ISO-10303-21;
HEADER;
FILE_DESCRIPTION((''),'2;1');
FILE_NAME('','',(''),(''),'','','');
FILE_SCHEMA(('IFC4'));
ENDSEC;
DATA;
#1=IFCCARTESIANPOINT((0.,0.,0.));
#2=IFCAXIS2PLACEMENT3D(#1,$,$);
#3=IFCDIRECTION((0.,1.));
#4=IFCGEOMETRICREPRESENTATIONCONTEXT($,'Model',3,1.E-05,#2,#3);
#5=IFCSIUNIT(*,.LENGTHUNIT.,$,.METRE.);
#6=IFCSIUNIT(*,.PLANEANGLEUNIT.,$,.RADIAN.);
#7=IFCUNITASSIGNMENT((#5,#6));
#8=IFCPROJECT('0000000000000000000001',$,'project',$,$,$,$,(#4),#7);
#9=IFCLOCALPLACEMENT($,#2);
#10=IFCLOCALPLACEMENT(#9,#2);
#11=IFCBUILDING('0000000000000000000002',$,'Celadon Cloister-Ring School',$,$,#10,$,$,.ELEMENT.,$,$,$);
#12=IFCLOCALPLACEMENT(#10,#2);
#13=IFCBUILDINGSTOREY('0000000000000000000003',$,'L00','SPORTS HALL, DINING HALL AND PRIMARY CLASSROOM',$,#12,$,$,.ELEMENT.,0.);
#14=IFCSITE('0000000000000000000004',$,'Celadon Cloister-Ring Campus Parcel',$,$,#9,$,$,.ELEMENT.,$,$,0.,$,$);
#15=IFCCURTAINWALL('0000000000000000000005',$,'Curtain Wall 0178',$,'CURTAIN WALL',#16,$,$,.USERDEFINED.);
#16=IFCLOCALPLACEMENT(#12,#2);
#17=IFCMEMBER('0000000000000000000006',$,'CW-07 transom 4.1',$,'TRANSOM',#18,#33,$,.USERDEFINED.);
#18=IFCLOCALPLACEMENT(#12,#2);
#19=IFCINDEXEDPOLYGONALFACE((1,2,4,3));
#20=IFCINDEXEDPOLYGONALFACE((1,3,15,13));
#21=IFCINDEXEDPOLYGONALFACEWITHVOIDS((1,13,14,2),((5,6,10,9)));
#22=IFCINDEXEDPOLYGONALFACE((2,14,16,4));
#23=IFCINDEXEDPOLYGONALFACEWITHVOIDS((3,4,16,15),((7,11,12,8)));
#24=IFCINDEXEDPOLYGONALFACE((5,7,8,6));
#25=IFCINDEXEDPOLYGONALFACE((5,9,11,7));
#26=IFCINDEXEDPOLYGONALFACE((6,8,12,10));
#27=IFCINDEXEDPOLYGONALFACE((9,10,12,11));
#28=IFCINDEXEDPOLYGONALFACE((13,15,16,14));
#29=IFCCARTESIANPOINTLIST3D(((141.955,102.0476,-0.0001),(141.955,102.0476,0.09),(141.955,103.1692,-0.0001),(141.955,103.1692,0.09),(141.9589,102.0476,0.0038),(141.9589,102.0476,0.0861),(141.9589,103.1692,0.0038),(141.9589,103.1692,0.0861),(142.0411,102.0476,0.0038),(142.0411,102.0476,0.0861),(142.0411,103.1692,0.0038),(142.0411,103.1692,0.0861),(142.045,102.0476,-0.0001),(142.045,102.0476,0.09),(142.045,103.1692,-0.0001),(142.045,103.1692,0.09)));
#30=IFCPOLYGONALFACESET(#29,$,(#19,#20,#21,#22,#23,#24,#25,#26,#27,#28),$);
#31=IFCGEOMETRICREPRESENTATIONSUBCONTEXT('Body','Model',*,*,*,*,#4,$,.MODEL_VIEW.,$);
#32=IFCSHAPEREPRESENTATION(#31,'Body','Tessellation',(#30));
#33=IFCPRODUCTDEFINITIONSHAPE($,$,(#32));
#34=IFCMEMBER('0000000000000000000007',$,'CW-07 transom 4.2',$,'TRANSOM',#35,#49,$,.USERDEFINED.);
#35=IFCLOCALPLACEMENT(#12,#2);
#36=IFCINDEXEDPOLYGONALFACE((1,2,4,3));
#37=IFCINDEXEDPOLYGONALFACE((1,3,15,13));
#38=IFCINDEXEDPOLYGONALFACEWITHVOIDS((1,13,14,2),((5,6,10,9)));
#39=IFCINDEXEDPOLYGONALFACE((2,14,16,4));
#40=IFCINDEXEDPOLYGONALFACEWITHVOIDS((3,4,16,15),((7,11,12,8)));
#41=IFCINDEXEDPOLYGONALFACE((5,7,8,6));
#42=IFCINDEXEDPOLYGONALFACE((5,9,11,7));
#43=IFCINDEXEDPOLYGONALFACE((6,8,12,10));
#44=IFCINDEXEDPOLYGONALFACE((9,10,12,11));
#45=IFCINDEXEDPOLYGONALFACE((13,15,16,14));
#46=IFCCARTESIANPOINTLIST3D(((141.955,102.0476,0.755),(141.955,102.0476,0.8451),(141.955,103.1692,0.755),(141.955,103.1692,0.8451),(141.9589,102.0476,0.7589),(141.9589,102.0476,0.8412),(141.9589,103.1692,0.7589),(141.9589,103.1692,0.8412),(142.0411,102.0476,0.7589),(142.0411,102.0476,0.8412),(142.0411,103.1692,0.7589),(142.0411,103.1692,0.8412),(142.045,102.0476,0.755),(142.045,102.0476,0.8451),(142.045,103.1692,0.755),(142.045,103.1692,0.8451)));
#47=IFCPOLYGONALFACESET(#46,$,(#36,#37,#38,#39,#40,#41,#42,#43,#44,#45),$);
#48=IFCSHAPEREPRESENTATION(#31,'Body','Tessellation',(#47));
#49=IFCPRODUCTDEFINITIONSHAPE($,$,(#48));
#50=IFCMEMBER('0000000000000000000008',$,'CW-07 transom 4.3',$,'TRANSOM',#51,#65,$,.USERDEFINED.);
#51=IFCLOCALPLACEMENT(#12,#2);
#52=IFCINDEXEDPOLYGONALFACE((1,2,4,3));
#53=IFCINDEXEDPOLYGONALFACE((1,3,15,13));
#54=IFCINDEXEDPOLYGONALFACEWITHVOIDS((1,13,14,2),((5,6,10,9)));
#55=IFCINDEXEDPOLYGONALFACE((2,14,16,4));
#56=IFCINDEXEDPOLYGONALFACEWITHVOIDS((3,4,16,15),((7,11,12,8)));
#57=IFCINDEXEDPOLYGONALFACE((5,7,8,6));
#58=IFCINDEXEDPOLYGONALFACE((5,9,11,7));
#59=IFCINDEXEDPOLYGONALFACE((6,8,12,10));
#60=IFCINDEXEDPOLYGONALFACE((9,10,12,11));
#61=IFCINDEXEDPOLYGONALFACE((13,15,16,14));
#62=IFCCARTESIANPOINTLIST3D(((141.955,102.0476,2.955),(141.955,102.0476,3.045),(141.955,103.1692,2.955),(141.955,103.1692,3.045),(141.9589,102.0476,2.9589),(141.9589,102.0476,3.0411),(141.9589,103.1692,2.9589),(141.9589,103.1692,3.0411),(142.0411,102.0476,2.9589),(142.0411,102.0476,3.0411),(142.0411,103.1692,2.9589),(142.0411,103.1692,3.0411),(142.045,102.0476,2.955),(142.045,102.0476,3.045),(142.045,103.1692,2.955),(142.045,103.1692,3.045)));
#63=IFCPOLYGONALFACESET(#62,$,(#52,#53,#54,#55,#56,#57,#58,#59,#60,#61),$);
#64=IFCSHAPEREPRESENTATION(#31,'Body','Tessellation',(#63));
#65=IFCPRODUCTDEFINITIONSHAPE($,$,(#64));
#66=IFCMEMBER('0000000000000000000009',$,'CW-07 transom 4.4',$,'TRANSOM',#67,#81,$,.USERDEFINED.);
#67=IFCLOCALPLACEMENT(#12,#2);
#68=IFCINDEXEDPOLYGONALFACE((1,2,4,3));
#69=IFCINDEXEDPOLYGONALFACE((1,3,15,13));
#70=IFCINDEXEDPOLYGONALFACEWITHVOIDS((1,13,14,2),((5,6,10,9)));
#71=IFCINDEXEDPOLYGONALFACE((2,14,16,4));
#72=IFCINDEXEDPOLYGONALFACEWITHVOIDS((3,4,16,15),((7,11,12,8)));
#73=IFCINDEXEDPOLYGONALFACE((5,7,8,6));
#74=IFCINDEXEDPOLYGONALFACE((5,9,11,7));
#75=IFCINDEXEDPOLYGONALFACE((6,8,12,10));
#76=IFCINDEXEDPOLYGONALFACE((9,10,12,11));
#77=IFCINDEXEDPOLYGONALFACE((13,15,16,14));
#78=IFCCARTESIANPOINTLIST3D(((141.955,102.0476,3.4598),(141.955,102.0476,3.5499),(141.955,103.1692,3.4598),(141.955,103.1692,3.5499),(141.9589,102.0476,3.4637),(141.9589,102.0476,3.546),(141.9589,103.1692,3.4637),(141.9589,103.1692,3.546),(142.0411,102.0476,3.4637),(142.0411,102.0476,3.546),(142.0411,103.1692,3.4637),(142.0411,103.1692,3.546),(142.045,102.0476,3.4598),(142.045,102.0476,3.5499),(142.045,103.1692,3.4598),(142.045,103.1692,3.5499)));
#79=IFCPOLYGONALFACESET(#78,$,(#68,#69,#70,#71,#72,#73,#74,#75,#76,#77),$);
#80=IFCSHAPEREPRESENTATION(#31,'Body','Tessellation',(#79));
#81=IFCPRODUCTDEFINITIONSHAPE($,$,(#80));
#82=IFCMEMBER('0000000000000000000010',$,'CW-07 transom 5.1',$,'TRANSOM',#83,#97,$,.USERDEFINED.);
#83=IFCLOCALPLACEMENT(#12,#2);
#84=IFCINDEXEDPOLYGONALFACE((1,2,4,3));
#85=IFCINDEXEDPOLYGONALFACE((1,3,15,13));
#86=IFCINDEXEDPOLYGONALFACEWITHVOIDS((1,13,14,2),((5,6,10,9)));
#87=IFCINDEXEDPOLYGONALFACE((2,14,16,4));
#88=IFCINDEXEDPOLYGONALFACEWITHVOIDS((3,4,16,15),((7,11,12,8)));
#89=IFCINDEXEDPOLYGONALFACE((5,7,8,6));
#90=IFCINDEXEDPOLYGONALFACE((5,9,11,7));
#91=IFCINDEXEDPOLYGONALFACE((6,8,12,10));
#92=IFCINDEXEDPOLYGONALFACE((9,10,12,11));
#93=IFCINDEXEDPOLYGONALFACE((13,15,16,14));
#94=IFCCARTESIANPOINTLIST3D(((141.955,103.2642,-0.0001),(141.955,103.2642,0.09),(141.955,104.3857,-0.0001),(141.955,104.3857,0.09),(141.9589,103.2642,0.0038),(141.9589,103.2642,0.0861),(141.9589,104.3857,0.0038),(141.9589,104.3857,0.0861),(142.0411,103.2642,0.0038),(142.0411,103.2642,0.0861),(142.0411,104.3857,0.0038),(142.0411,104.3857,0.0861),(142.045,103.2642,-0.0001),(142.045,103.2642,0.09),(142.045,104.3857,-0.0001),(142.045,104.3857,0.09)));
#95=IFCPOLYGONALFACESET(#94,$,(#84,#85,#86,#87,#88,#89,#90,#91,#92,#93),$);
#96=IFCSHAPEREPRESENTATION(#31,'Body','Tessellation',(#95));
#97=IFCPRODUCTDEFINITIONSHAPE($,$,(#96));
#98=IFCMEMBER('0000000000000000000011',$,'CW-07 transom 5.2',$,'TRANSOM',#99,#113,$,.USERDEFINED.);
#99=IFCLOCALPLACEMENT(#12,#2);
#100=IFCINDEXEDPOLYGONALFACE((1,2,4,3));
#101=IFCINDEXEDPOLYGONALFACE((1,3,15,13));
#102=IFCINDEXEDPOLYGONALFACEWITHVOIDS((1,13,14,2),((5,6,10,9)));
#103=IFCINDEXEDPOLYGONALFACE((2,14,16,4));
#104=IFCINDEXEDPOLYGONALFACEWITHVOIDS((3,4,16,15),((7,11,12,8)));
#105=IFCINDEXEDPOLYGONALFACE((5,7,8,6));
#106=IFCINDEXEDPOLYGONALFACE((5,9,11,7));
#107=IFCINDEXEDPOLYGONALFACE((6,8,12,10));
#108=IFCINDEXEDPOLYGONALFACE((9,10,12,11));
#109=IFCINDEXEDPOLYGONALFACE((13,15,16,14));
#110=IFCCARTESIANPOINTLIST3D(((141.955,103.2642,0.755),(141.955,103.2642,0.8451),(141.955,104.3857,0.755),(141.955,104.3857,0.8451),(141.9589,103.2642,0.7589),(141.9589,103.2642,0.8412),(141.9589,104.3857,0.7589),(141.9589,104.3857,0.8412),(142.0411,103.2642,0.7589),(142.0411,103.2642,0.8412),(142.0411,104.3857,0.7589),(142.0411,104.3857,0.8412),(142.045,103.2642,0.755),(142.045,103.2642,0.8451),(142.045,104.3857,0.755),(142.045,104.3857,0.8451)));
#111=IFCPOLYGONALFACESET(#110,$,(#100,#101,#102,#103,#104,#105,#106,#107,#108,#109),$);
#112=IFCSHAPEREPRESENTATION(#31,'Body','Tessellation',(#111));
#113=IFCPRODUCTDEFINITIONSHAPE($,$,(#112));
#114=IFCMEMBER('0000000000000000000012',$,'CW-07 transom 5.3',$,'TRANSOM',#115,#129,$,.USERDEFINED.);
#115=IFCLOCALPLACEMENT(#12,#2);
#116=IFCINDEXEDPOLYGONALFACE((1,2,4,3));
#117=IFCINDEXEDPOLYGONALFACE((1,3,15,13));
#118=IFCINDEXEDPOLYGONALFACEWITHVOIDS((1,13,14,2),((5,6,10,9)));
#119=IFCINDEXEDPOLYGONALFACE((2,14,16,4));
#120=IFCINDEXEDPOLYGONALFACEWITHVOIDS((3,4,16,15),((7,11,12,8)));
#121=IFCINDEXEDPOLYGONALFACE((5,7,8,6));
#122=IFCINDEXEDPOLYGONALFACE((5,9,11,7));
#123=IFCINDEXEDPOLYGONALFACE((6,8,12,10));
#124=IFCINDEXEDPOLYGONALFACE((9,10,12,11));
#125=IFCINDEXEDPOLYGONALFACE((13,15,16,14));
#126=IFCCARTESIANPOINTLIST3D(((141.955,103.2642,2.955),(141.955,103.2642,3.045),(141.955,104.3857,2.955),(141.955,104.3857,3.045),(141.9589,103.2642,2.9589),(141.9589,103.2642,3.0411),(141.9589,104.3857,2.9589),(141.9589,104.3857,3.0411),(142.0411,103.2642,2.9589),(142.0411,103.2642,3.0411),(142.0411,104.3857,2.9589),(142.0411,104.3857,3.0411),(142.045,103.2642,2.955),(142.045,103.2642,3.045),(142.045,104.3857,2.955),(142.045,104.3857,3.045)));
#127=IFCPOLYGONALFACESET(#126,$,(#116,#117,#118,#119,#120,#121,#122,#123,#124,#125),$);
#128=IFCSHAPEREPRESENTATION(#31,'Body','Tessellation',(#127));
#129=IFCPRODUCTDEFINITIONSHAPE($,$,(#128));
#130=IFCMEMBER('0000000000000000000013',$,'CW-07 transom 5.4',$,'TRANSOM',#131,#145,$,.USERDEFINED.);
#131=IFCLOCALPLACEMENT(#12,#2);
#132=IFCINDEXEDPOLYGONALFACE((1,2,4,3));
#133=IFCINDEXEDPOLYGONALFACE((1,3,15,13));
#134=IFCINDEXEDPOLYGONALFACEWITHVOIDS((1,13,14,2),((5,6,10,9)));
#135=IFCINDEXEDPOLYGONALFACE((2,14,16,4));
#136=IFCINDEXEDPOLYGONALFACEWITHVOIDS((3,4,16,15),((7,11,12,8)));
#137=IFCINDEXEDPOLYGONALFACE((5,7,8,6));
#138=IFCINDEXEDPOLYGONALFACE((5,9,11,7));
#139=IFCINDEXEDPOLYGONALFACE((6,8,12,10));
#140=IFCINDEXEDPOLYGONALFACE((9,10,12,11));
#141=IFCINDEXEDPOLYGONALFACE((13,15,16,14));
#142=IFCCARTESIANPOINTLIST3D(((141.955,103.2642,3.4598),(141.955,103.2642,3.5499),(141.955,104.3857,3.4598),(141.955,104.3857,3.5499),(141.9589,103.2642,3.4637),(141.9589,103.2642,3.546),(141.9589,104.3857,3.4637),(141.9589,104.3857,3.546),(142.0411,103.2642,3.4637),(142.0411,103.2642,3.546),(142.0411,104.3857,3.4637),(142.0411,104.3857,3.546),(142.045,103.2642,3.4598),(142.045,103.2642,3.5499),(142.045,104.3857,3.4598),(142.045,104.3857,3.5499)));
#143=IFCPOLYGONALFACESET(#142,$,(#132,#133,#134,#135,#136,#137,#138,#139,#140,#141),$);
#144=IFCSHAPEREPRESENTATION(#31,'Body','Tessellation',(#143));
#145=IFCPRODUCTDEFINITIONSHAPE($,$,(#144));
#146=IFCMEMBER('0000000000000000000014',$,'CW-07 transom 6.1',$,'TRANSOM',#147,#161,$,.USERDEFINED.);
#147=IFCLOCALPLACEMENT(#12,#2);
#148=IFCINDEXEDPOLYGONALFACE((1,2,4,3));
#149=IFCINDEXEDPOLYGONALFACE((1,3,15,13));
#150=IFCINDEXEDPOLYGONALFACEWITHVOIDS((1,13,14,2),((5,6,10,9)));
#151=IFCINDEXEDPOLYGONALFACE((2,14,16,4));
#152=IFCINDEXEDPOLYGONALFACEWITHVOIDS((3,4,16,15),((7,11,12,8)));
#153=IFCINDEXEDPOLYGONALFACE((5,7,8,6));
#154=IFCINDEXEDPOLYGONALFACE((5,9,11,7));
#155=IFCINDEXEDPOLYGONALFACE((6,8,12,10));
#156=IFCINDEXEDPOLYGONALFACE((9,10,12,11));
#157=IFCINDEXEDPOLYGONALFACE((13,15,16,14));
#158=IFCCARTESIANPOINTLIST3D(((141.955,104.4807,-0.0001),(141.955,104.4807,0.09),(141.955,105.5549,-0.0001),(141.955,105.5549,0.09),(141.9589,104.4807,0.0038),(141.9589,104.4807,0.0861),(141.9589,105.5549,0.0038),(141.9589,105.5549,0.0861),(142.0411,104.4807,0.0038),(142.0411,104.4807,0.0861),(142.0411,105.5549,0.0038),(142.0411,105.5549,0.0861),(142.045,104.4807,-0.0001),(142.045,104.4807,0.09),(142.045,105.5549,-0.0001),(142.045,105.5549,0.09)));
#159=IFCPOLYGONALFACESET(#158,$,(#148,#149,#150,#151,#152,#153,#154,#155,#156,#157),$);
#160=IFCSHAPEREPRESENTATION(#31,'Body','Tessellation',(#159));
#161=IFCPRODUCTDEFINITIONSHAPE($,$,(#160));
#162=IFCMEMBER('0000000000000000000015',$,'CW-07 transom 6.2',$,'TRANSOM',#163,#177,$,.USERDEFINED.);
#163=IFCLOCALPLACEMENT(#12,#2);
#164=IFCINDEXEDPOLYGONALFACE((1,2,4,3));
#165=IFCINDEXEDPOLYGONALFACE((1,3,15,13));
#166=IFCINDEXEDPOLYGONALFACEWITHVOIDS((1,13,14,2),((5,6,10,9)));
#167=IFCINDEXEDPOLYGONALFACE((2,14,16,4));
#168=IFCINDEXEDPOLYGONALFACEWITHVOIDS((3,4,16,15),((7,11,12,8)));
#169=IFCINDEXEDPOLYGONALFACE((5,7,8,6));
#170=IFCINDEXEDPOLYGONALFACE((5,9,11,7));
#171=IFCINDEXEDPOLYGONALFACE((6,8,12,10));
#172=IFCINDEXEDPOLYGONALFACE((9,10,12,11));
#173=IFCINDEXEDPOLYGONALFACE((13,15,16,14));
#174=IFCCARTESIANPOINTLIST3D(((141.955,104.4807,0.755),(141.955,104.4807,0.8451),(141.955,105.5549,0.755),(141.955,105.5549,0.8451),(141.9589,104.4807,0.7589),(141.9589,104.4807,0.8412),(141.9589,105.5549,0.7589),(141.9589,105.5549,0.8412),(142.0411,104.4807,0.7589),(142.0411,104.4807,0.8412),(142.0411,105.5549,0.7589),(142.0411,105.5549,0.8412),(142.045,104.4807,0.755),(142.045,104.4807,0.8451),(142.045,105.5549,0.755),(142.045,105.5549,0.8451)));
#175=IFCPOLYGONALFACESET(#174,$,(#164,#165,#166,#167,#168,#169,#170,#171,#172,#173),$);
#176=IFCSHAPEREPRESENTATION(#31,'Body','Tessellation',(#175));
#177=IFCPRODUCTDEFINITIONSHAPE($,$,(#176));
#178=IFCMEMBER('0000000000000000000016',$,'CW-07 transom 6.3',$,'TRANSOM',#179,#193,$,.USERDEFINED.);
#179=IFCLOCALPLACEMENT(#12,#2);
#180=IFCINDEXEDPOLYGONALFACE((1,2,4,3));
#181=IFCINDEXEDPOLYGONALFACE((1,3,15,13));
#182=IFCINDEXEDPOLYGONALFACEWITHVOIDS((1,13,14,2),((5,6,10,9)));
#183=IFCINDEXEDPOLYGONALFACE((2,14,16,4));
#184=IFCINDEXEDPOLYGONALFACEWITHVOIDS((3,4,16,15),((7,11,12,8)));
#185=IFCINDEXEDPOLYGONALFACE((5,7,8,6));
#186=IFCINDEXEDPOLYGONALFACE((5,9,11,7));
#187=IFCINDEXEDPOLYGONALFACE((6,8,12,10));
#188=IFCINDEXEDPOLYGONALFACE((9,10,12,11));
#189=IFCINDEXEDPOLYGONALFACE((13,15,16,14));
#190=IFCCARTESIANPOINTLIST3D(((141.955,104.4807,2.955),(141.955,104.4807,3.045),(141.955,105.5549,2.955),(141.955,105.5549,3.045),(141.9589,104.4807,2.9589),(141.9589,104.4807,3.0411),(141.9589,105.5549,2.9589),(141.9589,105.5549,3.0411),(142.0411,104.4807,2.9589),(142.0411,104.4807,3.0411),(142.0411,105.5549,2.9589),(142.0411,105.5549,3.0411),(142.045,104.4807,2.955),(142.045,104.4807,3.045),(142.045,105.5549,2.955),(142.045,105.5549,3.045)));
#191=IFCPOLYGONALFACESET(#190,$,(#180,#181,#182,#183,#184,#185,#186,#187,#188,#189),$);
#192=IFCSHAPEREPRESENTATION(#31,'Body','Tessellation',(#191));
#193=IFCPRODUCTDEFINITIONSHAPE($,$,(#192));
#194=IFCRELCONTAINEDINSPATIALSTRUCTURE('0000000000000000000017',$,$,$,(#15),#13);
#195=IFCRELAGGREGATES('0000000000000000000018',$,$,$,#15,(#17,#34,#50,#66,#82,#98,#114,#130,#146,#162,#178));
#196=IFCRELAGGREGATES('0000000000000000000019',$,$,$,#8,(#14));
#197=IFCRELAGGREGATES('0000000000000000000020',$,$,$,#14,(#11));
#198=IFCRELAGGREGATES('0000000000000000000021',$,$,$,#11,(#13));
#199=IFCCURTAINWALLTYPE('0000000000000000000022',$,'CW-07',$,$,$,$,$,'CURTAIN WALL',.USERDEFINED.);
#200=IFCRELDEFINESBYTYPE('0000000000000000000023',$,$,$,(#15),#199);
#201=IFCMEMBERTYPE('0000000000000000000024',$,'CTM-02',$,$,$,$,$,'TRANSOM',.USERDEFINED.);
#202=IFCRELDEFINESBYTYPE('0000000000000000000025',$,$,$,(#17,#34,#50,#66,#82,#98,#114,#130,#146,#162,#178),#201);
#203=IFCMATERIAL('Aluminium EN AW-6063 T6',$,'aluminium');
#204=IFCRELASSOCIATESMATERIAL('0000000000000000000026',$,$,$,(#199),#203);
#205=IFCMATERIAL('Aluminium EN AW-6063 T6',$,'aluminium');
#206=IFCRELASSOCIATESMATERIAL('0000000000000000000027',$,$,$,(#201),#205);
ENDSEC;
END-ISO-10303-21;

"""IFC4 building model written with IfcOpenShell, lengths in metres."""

from ifc_helpers import new_model, si_unit, direction, frame, origin, origin_2d, place, context, subcontext, project, spatial, hollow_rectangle, extrude, material, material_profile, profile_set, type_object, element, aggregate, save


model = new_model("IFC4")

# Units and contexts
model_context = context("Model", 3, precision=1e-05, world=origin(), true_north=direction((0.0, 1.0)))
body_context = subcontext(model_context, "Body", "Model", "MODEL_VIEW")
ifc_project = project(units=[si_unit("LENGTHUNIT", "METRE"), si_unit("PLANEANGLEUNIT", "RADIAN")], contexts=[model_context])

# Site, building, storey
site_placement = place(None, origin())
site = spatial("IfcSite", under=ifc_project, at=site_placement, Name="Celadon Cloister-Ring Campus Parcel", CompositionType="ELEMENT", RefElevation=0.0)
building_placement = place(site_placement, origin())
building = spatial("IfcBuilding", under=site, at=building_placement, Name="Celadon Cloister-Ring School", CompositionType="ELEMENT")
storey_placement = place(building_placement, origin())
storey = spatial("IfcBuildingStorey", under=building, at=storey_placement, Name="L00", Description="SPORTS HALL, DINING HALL AND PRIMARY CLASSROOM", CompositionType="ELEMENT", Elevation=0.0)

# Curtain wall
ifc_material_1 = material(Name="Aluminium EN AW-6063 T6", Category="aluminium")
curtain_wall_type = type_object("IfcCurtainWallType", Name="CW-07", ElementType="CURTAIN WALL", PredefinedType="USERDEFINED", material=ifc_material_1)
curtain_wall_1_placement = place(storey_placement, origin())
curtain_wall_1 = element("IfcCurtainWall", 1, at=curtain_wall_1_placement, inside=storey, type_object=curtain_wall_type, Name="Curtain Wall 0178", ObjectType="CURTAIN WALL", PredefinedType="USERDEFINED")

# Members
ifc_material_2 = material(Name="Aluminium EN AW-6063 T6", Category="aluminium")
ifc_material_profile_1 = material_profile(ifc_material_2, hollow_rectangle(XDim=0.0901, YDim=0.0901, WallThickness=0.0039, at=origin_2d()), Name="RHS90X90X4")
ifc_profile_set_1 = profile_set([ifc_material_profile_1], Name="Aluminium EN AW-6063 T6")
member_type_1 = type_object("IfcMemberType", Name="CTM-02", ElementType="TRANSOM", PredefinedType="USERDEFINED", material=ifc_profile_set_1)
member_1_placement = place(storey_placement, frame((142.0, 102.0476, 0.0449), z_axis=(0.0, 1.0, 0.0), x_axis=(-1.0, 0.0, 0.0)))
member_1 = element("IfcMember", 2, at=member_1_placement, type_object=member_type_1, Name="CW-07 transom 4.1", ObjectType="TRANSOM", PredefinedType="USERDEFINED", context=body_context, shape_type="SweptSolid", body=[
    extrude(hollow_rectangle(XDim=0.0901, YDim=0.0901, WallThickness=0.0039, at=origin_2d()), origin(), (0.0, 0.0, 1.0), 1.1216),
])
member_2_placement = place(storey_placement, frame((142.0, 102.0476, 0.8), z_axis=(0.0, 1.0, 0.0), x_axis=(-1.0, 0.0, 0.0)))
member_2 = element("IfcMember", 3, at=member_2_placement, type_object=member_type_1, Name="CW-07 transom 4.2", ObjectType="TRANSOM", PredefinedType="USERDEFINED", context=body_context, shape_type="SweptSolid", body=[
    extrude(hollow_rectangle(XDim=0.0901, YDim=0.0901, WallThickness=0.0039, at=origin_2d()), origin(), (0.0, 0.0, 1.0), 1.1216),
])
member_3_placement = place(storey_placement, frame((142.0, 102.0476, 3.0), z_axis=(0.0, 1.0, 0.0), x_axis=(-1.0, 0.0, 0.0)))
member_3 = element("IfcMember", 4, at=member_3_placement, type_object=member_type_1, Name="CW-07 transom 4.3", ObjectType="TRANSOM", PredefinedType="USERDEFINED", context=body_context, shape_type="SweptSolid", body=[
    extrude(hollow_rectangle(XDim=0.0901, YDim=0.0901, WallThickness=0.0039, at=origin_2d()), origin(), (0.0, 0.0, 1.0), 1.1216),
])
member_4_placement = place(storey_placement, frame((142.0, 102.0476, 3.5049), z_axis=(0.0, 1.0, 0.0), x_axis=(-1.0, 0.0, 0.0)))
member_4 = element("IfcMember", 5, at=member_4_placement, type_object=member_type_1, Name="CW-07 transom 4.4", ObjectType="TRANSOM", PredefinedType="USERDEFINED", context=body_context, shape_type="SweptSolid", body=[
    extrude(hollow_rectangle(XDim=0.0901, YDim=0.0901, WallThickness=0.0039, at=origin_2d()), origin(), (0.0, 0.0, 1.0), 1.1216),
])
member_5_placement = place(storey_placement, frame((142.0, 103.2642, 0.0449), z_axis=(0.0, 1.0, 0.0), x_axis=(-1.0, 0.0, 0.0)))
member_5 = element("IfcMember", 6, at=member_5_placement, type_object=member_type_1, Name="CW-07 transom 5.1", ObjectType="TRANSOM", PredefinedType="USERDEFINED", context=body_context, shape_type="SweptSolid", body=[
    extrude(hollow_rectangle(XDim=0.0901, YDim=0.0901, WallThickness=0.0039, at=origin_2d()), origin(), (0.0, 0.0, 1.0), 1.1216),
])
member_6_placement = place(storey_placement, frame((142.0, 103.2642, 0.8), z_axis=(0.0, 1.0, 0.0), x_axis=(-1.0, 0.0, 0.0)))
member_6 = element("IfcMember", 7, at=member_6_placement, type_object=member_type_1, Name="CW-07 transom 5.2", ObjectType="TRANSOM", PredefinedType="USERDEFINED", context=body_context, shape_type="SweptSolid", body=[
    extrude(hollow_rectangle(XDim=0.0901, YDim=0.0901, WallThickness=0.0039, at=origin_2d()), origin(), (0.0, 0.0, 1.0), 1.1216),
])
member_7_placement = place(storey_placement, frame((142.0, 103.2642, 3.0), z_axis=(0.0, 1.0, 0.0), x_axis=(-1.0, 0.0, 0.0)))
member_7 = element("IfcMember", 8, at=member_7_placement, type_object=member_type_1, Name="CW-07 transom 5.3", ObjectType="TRANSOM", PredefinedType="USERDEFINED", context=body_context, shape_type="SweptSolid", body=[
    extrude(hollow_rectangle(XDim=0.0901, YDim=0.0901, WallThickness=0.0039, at=origin_2d()), origin(), (0.0, 0.0, 1.0), 1.1216),
])
member_8_placement = place(storey_placement, frame((142.0, 103.2642, 3.5049), z_axis=(0.0, 1.0, 0.0), x_axis=(-1.0, 0.0, 0.0)))
member_8 = element("IfcMember", 9, at=member_8_placement, type_object=member_type_1, Name="CW-07 transom 5.4", ObjectType="TRANSOM", PredefinedType="USERDEFINED", context=body_context, shape_type="SweptSolid", body=[
    extrude(hollow_rectangle(XDim=0.0901, YDim=0.0901, WallThickness=0.0039, at=origin_2d()), origin(), (0.0, 0.0, 1.0), 1.1216),
])
member_9_placement = place(storey_placement, frame((142.0, 104.4807, 0.0449), z_axis=(0.0, 1.0, 0.0), x_axis=(-1.0, 0.0, 0.0)))
member_9 = element("IfcMember", 10, at=member_9_placement, type_object=member_type_1, Name="CW-07 transom 6.1", ObjectType="TRANSOM", PredefinedType="USERDEFINED", context=body_context, shape_type="SweptSolid", body=[
    extrude(hollow_rectangle(XDim=0.0901, YDim=0.0901, WallThickness=0.0039, at=origin_2d()), origin(), (0.0, 0.0, 1.0), 1.0742),
])
member_10_placement = place(storey_placement, frame((142.0, 104.4807, 0.8), z_axis=(0.0, 1.0, 0.0), x_axis=(-1.0, 0.0, 0.0)))
member_10 = element("IfcMember", 11, at=member_10_placement, type_object=member_type_1, Name="CW-07 transom 6.2", ObjectType="TRANSOM", PredefinedType="USERDEFINED", context=body_context, shape_type="SweptSolid", body=[
    extrude(hollow_rectangle(XDim=0.0901, YDim=0.0901, WallThickness=0.0039, at=origin_2d()), origin(), (0.0, 0.0, 1.0), 1.0742),
])
member_11_placement = place(storey_placement, frame((142.0, 104.4807, 3.0), z_axis=(0.0, 1.0, 0.0), x_axis=(-1.0, 0.0, 0.0)))
member_11 = element("IfcMember", 12, at=member_11_placement, type_object=member_type_1, Name="CW-07 transom 6.3", ObjectType="TRANSOM", PredefinedType="USERDEFINED", context=body_context, shape_type="SweptSolid", body=[
    extrude(hollow_rectangle(XDim=0.0901, YDim=0.0901, WallThickness=0.0039, at=origin_2d()), origin(), (0.0, 0.0, 1.0), 1.0742),
])

aggregate(curtain_wall_1, [member_1, member_2, member_3, member_4, member_5, member_6, member_7, member_8, member_9, member_10, member_11])

save(model, "model.ifc")
